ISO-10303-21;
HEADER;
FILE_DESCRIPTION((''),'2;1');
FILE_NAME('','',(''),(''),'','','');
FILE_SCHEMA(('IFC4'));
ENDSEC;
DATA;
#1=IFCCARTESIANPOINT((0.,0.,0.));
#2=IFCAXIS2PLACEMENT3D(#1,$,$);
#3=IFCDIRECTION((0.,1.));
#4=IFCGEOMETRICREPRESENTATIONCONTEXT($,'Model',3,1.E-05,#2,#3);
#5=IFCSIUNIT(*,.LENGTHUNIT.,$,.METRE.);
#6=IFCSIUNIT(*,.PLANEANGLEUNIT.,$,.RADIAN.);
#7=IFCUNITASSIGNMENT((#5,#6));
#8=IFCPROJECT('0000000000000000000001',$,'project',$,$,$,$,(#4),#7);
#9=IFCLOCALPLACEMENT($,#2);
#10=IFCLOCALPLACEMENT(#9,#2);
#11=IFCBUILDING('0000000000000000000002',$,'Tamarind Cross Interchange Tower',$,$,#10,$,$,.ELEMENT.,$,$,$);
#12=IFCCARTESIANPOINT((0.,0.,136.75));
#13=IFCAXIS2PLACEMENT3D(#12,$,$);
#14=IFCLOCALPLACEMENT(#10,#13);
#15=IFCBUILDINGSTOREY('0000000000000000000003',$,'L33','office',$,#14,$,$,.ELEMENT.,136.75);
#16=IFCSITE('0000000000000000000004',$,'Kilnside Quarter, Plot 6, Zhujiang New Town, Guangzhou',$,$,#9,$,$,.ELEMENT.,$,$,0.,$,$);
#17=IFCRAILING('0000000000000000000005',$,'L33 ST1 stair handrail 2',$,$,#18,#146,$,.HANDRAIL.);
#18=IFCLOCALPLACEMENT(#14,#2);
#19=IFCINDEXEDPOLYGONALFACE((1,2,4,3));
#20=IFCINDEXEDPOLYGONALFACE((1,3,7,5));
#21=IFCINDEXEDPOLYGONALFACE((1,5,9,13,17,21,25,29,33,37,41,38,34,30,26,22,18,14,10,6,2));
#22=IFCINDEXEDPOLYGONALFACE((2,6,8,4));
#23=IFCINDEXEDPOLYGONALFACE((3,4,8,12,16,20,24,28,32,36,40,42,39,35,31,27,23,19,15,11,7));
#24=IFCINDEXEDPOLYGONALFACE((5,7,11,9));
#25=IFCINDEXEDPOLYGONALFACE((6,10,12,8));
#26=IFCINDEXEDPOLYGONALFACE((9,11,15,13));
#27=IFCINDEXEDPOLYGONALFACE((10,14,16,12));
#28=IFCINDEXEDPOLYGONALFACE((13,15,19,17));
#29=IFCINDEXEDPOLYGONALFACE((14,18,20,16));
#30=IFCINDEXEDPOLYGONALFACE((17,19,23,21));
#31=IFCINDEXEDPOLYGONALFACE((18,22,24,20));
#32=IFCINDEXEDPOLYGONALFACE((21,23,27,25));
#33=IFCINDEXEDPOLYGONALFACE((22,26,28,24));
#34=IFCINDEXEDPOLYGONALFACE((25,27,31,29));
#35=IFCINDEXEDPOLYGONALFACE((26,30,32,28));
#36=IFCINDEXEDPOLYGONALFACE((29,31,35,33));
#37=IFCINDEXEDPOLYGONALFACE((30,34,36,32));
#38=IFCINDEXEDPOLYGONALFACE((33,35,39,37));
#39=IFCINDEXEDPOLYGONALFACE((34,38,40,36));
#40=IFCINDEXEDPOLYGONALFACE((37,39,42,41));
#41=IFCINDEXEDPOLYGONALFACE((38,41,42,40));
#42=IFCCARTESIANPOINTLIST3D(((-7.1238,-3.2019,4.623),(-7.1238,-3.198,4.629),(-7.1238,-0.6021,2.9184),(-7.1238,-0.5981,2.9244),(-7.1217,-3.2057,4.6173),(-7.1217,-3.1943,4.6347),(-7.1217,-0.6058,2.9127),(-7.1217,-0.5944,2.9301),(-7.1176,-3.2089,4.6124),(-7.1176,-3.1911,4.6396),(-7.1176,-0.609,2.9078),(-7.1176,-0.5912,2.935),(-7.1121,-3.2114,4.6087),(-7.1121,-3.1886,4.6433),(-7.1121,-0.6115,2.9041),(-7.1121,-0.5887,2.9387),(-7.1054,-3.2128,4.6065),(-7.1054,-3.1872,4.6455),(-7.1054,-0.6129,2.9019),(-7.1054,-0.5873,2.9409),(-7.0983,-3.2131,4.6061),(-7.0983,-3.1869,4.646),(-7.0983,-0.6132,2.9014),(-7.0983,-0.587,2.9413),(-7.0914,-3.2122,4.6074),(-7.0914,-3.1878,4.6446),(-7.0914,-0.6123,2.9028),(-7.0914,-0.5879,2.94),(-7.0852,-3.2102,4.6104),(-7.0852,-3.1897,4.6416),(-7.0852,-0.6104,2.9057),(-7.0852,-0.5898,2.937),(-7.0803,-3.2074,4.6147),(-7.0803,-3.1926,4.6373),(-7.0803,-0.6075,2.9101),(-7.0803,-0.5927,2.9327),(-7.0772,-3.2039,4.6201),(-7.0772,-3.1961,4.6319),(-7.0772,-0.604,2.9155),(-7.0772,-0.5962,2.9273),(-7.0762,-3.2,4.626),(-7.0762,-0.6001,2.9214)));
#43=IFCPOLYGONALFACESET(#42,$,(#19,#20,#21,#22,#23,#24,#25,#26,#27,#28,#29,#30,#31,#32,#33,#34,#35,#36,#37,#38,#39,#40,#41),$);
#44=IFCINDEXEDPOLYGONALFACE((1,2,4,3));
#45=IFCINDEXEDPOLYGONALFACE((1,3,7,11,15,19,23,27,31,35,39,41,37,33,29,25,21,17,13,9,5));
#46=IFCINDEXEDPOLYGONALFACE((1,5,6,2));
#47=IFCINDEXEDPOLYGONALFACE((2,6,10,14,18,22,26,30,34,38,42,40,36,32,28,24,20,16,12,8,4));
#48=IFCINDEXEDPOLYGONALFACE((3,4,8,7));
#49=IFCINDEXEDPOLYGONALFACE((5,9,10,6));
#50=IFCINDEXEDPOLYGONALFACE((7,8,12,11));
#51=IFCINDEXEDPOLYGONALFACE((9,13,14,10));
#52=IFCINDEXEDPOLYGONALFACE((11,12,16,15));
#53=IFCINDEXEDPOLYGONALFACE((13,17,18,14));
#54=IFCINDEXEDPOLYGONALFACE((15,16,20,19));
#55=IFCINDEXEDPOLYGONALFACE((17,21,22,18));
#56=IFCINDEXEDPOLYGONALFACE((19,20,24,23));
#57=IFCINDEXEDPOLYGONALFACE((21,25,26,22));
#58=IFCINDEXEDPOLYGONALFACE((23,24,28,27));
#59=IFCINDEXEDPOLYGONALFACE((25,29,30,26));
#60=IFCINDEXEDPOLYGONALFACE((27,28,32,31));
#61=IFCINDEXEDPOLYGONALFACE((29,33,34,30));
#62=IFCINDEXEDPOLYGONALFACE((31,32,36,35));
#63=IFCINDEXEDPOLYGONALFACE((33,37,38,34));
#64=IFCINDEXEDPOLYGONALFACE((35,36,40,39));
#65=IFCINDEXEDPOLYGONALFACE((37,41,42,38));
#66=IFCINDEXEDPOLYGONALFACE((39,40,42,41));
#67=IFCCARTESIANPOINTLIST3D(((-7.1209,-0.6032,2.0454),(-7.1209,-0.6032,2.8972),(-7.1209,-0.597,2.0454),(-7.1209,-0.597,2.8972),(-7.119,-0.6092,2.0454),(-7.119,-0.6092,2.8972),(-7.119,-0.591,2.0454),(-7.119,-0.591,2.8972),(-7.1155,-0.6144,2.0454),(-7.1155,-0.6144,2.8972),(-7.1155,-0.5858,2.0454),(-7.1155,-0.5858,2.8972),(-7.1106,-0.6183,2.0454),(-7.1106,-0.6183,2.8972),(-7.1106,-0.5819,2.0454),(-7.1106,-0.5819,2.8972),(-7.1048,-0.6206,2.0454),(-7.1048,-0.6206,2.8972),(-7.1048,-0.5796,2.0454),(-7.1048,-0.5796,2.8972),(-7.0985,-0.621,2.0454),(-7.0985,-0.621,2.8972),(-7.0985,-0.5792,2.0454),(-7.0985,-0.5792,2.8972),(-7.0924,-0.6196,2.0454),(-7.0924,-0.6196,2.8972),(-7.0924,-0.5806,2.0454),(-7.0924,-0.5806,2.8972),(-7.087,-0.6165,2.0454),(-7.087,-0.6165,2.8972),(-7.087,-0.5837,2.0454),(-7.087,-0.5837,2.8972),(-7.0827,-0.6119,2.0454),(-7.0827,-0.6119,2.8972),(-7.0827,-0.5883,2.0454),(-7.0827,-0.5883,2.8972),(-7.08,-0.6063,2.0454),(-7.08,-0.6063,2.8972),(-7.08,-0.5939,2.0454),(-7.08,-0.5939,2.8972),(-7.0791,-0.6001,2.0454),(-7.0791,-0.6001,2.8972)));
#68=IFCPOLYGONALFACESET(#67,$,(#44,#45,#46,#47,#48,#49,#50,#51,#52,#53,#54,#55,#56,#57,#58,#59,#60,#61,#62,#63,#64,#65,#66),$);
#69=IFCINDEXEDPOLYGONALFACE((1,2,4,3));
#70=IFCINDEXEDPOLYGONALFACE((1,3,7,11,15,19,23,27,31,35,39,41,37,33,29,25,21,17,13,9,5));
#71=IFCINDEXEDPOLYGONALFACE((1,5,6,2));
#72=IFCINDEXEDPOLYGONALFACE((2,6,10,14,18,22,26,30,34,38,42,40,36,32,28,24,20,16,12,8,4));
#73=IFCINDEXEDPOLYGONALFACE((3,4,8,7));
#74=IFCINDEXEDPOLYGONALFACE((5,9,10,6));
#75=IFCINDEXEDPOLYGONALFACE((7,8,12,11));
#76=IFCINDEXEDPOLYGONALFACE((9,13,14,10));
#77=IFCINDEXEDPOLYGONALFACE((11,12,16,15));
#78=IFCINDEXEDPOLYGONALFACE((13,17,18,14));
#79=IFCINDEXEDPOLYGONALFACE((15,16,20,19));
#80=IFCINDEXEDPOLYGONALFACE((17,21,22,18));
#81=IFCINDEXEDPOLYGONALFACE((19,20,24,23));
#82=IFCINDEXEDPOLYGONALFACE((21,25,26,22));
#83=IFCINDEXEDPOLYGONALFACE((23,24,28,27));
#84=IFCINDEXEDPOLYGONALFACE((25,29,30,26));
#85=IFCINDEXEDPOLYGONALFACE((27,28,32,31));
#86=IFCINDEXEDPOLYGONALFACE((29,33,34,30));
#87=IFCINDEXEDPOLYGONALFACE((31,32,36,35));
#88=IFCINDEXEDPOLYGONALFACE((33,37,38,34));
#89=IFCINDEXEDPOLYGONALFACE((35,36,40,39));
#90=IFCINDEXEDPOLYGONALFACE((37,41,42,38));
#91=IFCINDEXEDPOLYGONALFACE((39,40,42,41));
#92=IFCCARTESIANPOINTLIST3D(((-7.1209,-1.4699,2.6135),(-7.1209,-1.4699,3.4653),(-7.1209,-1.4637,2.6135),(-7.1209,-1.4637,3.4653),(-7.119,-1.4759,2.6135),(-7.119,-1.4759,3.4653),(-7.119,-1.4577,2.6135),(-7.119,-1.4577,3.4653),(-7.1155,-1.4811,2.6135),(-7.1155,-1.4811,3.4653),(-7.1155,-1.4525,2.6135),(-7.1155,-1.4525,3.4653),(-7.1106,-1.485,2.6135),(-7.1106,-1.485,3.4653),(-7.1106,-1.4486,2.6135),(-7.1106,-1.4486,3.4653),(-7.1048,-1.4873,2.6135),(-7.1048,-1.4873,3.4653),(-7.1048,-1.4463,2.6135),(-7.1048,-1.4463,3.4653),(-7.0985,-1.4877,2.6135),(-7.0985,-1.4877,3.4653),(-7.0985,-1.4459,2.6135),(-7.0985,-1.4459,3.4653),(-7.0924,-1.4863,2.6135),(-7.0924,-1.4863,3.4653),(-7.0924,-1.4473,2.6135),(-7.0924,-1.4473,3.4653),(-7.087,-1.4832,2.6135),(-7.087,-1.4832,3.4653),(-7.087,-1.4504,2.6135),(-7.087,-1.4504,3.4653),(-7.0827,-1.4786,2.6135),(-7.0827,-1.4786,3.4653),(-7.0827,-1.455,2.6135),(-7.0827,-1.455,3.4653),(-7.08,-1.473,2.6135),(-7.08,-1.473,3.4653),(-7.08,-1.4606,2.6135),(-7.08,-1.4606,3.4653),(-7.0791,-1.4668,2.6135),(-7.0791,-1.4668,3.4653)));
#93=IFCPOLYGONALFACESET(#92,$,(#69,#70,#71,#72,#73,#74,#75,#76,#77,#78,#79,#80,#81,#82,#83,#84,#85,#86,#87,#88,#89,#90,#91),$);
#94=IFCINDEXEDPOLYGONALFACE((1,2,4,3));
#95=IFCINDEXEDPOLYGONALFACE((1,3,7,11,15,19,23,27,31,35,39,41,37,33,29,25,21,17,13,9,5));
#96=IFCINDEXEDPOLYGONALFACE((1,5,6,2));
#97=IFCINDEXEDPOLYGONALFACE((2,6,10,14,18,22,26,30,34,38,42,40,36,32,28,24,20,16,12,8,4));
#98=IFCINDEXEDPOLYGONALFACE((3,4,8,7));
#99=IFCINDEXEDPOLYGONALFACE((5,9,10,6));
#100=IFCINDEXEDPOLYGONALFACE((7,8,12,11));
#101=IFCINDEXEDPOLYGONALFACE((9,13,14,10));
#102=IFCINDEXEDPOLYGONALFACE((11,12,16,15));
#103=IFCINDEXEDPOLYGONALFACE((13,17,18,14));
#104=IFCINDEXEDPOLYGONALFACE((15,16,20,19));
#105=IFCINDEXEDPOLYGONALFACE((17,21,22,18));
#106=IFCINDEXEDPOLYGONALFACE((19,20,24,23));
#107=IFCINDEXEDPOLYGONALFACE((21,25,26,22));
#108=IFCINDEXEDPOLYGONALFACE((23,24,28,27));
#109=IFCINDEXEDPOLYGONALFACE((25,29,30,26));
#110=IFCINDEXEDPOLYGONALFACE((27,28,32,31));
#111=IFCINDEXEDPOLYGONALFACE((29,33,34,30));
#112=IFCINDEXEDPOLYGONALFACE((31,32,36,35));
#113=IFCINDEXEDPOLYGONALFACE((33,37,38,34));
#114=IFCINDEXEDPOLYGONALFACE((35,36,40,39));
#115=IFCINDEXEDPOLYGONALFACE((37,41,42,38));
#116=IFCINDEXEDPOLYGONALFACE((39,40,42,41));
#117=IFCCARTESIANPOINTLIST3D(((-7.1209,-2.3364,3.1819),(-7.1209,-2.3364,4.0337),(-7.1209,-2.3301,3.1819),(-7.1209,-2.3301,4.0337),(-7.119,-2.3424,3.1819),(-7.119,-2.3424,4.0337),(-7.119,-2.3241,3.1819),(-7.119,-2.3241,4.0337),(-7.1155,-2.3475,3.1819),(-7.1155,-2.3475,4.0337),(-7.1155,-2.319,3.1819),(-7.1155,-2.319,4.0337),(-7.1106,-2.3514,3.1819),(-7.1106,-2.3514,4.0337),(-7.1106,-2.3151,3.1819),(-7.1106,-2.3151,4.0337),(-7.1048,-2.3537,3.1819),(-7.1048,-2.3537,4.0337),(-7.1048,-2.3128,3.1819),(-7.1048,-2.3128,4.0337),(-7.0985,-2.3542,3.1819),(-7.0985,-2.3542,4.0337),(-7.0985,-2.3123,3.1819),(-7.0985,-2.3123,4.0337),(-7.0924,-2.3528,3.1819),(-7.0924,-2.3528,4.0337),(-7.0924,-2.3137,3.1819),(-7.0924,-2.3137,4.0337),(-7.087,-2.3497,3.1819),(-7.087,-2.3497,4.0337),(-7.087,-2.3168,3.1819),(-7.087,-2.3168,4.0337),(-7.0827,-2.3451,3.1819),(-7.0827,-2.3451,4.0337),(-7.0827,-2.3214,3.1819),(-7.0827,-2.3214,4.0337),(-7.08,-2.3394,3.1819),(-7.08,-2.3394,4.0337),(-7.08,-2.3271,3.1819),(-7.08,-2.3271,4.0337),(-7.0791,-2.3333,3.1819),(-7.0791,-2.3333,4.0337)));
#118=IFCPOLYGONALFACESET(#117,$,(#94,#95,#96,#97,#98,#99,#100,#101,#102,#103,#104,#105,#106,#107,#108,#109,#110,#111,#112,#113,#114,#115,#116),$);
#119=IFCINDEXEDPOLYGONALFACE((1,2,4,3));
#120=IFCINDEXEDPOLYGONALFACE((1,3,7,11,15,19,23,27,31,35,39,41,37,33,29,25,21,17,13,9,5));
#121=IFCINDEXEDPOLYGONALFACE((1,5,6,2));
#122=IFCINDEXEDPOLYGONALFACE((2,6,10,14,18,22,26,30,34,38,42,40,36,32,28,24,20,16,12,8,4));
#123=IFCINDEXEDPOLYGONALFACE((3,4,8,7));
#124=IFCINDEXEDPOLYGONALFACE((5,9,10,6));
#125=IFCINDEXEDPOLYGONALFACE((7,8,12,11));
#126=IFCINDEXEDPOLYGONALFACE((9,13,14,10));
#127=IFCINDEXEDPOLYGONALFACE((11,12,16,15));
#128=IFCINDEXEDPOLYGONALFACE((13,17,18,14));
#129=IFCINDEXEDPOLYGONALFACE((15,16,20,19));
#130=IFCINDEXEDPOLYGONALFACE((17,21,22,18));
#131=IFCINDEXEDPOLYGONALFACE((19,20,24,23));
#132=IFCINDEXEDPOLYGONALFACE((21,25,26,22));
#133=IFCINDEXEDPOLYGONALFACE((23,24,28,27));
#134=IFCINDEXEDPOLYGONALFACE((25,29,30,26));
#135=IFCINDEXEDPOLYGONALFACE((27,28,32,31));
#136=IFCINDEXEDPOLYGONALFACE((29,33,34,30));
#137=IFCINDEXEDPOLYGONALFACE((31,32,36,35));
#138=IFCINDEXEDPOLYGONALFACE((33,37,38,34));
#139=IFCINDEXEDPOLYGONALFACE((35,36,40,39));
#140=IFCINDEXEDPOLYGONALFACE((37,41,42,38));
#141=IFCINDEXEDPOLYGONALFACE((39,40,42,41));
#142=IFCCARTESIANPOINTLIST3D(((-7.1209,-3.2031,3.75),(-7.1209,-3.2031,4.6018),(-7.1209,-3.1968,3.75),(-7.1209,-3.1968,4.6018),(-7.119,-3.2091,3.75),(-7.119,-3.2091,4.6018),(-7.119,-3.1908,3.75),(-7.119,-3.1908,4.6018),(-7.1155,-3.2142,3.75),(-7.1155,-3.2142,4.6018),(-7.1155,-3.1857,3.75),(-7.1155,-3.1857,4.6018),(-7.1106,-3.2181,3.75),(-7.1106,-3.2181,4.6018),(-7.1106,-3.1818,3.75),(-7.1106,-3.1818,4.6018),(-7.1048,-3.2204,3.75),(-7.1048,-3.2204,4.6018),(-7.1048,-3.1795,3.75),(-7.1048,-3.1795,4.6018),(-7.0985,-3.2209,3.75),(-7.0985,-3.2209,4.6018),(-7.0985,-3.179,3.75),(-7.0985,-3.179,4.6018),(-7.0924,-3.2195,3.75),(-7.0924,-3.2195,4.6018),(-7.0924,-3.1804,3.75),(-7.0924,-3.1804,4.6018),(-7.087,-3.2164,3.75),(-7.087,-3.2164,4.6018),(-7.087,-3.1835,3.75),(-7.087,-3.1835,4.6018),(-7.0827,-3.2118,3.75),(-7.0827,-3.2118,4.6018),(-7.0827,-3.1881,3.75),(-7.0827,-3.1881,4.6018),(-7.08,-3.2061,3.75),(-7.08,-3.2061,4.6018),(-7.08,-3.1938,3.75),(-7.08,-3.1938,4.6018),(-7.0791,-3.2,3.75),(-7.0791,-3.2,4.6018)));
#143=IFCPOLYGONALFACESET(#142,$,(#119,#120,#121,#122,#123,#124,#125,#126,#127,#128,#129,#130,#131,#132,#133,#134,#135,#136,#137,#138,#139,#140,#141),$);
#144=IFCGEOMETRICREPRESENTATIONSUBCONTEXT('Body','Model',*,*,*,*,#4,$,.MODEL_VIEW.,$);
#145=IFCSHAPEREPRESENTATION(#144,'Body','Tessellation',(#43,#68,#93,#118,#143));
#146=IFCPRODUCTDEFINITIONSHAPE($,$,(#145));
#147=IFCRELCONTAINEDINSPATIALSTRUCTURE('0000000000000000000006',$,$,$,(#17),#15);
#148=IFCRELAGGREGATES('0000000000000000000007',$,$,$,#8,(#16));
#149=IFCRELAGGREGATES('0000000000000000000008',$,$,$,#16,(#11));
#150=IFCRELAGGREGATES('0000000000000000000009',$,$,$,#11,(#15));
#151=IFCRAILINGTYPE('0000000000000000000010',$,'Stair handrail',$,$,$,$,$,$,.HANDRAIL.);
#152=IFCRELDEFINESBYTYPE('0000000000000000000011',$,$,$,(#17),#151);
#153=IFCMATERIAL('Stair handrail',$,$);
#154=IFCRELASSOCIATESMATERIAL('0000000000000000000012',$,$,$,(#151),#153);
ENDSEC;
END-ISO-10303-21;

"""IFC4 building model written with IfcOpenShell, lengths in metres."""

from ifc_helpers import new_model, si_unit, direction, frame, origin, origin_2d, place, context, subcontext, project, spatial, circle, extrude, material, type_object, element, save


model = new_model("IFC4")

# Units and contexts
model_context = context("Model", 3, precision=1e-05, world=origin(), true_north=direction((0.0, 1.0)))
body_context = subcontext(model_context, "Body", "Model", "MODEL_VIEW")
ifc_project = project(units=[si_unit("LENGTHUNIT", "METRE"), si_unit("PLANEANGLEUNIT", "RADIAN")], contexts=[model_context])

# Site, building, storey
site_placement = place(None, origin())
site = spatial("IfcSite", under=ifc_project, at=site_placement, Name="Kilnside Quarter, Plot 6, Zhujiang New Town, Guangzhou", CompositionType="ELEMENT", RefElevation=0.0)
building_placement = place(site_placement, origin())
building = spatial("IfcBuilding", under=site, at=building_placement, Name="Tamarind Cross Interchange Tower", CompositionType="ELEMENT")
storey_placement = place(building_placement, frame((0.0, 0.0, 136.75)))
storey = spatial("IfcBuildingStorey", under=building, at=storey_placement, Name="L33", Description="office", CompositionType="ELEMENT", Elevation=136.75)

# Railing
ifc_material_1 = material(Name="Stair handrail")
railing_type_1 = type_object("IfcRailingType", Name="Stair handrail", PredefinedType="HANDRAIL", material=ifc_material_1)
railing_1_placement = place(storey_placement, frame((-7.1001, -0.6001, 2.0454)))
element("IfcRailing", 1, at=railing_1_placement, inside=storey, type_object=railing_type_1, Name="L33 ST1 stair handrail 2", PredefinedType="HANDRAIL", context=body_context, shape_type="SweptSolid", body=[
    extrude(circle(Radius=0.0239, at=origin_2d()), frame((0.0, 0.0, 0.876), z_axis=(0.0, -0.836279, 0.548305), x_axis=(1.0, 0.0, 0.0)), (0.0, 0.0, 1.0), 3.1089),
    extrude(circle(Radius=0.021, at=origin_2d()), origin(), (0.0, 0.0, 1.0), 0.8518),
    extrude(circle(Radius=0.021, at=origin_2d()), frame((0.0, -0.8667, 0.5681)), (0.0, 0.0, 1.0), 0.8518),
    extrude(circle(Radius=0.021, at=origin_2d()), frame((0.0, -1.7332, 1.1365)), (0.0, 0.0, 1.0), 0.8518),
    extrude(circle(Radius=0.021, at=origin_2d()), frame((0.0, -2.5999, 1.7046)), (0.0, 0.0, 1.0), 0.8518),
])

save(model, "model.ifc")
